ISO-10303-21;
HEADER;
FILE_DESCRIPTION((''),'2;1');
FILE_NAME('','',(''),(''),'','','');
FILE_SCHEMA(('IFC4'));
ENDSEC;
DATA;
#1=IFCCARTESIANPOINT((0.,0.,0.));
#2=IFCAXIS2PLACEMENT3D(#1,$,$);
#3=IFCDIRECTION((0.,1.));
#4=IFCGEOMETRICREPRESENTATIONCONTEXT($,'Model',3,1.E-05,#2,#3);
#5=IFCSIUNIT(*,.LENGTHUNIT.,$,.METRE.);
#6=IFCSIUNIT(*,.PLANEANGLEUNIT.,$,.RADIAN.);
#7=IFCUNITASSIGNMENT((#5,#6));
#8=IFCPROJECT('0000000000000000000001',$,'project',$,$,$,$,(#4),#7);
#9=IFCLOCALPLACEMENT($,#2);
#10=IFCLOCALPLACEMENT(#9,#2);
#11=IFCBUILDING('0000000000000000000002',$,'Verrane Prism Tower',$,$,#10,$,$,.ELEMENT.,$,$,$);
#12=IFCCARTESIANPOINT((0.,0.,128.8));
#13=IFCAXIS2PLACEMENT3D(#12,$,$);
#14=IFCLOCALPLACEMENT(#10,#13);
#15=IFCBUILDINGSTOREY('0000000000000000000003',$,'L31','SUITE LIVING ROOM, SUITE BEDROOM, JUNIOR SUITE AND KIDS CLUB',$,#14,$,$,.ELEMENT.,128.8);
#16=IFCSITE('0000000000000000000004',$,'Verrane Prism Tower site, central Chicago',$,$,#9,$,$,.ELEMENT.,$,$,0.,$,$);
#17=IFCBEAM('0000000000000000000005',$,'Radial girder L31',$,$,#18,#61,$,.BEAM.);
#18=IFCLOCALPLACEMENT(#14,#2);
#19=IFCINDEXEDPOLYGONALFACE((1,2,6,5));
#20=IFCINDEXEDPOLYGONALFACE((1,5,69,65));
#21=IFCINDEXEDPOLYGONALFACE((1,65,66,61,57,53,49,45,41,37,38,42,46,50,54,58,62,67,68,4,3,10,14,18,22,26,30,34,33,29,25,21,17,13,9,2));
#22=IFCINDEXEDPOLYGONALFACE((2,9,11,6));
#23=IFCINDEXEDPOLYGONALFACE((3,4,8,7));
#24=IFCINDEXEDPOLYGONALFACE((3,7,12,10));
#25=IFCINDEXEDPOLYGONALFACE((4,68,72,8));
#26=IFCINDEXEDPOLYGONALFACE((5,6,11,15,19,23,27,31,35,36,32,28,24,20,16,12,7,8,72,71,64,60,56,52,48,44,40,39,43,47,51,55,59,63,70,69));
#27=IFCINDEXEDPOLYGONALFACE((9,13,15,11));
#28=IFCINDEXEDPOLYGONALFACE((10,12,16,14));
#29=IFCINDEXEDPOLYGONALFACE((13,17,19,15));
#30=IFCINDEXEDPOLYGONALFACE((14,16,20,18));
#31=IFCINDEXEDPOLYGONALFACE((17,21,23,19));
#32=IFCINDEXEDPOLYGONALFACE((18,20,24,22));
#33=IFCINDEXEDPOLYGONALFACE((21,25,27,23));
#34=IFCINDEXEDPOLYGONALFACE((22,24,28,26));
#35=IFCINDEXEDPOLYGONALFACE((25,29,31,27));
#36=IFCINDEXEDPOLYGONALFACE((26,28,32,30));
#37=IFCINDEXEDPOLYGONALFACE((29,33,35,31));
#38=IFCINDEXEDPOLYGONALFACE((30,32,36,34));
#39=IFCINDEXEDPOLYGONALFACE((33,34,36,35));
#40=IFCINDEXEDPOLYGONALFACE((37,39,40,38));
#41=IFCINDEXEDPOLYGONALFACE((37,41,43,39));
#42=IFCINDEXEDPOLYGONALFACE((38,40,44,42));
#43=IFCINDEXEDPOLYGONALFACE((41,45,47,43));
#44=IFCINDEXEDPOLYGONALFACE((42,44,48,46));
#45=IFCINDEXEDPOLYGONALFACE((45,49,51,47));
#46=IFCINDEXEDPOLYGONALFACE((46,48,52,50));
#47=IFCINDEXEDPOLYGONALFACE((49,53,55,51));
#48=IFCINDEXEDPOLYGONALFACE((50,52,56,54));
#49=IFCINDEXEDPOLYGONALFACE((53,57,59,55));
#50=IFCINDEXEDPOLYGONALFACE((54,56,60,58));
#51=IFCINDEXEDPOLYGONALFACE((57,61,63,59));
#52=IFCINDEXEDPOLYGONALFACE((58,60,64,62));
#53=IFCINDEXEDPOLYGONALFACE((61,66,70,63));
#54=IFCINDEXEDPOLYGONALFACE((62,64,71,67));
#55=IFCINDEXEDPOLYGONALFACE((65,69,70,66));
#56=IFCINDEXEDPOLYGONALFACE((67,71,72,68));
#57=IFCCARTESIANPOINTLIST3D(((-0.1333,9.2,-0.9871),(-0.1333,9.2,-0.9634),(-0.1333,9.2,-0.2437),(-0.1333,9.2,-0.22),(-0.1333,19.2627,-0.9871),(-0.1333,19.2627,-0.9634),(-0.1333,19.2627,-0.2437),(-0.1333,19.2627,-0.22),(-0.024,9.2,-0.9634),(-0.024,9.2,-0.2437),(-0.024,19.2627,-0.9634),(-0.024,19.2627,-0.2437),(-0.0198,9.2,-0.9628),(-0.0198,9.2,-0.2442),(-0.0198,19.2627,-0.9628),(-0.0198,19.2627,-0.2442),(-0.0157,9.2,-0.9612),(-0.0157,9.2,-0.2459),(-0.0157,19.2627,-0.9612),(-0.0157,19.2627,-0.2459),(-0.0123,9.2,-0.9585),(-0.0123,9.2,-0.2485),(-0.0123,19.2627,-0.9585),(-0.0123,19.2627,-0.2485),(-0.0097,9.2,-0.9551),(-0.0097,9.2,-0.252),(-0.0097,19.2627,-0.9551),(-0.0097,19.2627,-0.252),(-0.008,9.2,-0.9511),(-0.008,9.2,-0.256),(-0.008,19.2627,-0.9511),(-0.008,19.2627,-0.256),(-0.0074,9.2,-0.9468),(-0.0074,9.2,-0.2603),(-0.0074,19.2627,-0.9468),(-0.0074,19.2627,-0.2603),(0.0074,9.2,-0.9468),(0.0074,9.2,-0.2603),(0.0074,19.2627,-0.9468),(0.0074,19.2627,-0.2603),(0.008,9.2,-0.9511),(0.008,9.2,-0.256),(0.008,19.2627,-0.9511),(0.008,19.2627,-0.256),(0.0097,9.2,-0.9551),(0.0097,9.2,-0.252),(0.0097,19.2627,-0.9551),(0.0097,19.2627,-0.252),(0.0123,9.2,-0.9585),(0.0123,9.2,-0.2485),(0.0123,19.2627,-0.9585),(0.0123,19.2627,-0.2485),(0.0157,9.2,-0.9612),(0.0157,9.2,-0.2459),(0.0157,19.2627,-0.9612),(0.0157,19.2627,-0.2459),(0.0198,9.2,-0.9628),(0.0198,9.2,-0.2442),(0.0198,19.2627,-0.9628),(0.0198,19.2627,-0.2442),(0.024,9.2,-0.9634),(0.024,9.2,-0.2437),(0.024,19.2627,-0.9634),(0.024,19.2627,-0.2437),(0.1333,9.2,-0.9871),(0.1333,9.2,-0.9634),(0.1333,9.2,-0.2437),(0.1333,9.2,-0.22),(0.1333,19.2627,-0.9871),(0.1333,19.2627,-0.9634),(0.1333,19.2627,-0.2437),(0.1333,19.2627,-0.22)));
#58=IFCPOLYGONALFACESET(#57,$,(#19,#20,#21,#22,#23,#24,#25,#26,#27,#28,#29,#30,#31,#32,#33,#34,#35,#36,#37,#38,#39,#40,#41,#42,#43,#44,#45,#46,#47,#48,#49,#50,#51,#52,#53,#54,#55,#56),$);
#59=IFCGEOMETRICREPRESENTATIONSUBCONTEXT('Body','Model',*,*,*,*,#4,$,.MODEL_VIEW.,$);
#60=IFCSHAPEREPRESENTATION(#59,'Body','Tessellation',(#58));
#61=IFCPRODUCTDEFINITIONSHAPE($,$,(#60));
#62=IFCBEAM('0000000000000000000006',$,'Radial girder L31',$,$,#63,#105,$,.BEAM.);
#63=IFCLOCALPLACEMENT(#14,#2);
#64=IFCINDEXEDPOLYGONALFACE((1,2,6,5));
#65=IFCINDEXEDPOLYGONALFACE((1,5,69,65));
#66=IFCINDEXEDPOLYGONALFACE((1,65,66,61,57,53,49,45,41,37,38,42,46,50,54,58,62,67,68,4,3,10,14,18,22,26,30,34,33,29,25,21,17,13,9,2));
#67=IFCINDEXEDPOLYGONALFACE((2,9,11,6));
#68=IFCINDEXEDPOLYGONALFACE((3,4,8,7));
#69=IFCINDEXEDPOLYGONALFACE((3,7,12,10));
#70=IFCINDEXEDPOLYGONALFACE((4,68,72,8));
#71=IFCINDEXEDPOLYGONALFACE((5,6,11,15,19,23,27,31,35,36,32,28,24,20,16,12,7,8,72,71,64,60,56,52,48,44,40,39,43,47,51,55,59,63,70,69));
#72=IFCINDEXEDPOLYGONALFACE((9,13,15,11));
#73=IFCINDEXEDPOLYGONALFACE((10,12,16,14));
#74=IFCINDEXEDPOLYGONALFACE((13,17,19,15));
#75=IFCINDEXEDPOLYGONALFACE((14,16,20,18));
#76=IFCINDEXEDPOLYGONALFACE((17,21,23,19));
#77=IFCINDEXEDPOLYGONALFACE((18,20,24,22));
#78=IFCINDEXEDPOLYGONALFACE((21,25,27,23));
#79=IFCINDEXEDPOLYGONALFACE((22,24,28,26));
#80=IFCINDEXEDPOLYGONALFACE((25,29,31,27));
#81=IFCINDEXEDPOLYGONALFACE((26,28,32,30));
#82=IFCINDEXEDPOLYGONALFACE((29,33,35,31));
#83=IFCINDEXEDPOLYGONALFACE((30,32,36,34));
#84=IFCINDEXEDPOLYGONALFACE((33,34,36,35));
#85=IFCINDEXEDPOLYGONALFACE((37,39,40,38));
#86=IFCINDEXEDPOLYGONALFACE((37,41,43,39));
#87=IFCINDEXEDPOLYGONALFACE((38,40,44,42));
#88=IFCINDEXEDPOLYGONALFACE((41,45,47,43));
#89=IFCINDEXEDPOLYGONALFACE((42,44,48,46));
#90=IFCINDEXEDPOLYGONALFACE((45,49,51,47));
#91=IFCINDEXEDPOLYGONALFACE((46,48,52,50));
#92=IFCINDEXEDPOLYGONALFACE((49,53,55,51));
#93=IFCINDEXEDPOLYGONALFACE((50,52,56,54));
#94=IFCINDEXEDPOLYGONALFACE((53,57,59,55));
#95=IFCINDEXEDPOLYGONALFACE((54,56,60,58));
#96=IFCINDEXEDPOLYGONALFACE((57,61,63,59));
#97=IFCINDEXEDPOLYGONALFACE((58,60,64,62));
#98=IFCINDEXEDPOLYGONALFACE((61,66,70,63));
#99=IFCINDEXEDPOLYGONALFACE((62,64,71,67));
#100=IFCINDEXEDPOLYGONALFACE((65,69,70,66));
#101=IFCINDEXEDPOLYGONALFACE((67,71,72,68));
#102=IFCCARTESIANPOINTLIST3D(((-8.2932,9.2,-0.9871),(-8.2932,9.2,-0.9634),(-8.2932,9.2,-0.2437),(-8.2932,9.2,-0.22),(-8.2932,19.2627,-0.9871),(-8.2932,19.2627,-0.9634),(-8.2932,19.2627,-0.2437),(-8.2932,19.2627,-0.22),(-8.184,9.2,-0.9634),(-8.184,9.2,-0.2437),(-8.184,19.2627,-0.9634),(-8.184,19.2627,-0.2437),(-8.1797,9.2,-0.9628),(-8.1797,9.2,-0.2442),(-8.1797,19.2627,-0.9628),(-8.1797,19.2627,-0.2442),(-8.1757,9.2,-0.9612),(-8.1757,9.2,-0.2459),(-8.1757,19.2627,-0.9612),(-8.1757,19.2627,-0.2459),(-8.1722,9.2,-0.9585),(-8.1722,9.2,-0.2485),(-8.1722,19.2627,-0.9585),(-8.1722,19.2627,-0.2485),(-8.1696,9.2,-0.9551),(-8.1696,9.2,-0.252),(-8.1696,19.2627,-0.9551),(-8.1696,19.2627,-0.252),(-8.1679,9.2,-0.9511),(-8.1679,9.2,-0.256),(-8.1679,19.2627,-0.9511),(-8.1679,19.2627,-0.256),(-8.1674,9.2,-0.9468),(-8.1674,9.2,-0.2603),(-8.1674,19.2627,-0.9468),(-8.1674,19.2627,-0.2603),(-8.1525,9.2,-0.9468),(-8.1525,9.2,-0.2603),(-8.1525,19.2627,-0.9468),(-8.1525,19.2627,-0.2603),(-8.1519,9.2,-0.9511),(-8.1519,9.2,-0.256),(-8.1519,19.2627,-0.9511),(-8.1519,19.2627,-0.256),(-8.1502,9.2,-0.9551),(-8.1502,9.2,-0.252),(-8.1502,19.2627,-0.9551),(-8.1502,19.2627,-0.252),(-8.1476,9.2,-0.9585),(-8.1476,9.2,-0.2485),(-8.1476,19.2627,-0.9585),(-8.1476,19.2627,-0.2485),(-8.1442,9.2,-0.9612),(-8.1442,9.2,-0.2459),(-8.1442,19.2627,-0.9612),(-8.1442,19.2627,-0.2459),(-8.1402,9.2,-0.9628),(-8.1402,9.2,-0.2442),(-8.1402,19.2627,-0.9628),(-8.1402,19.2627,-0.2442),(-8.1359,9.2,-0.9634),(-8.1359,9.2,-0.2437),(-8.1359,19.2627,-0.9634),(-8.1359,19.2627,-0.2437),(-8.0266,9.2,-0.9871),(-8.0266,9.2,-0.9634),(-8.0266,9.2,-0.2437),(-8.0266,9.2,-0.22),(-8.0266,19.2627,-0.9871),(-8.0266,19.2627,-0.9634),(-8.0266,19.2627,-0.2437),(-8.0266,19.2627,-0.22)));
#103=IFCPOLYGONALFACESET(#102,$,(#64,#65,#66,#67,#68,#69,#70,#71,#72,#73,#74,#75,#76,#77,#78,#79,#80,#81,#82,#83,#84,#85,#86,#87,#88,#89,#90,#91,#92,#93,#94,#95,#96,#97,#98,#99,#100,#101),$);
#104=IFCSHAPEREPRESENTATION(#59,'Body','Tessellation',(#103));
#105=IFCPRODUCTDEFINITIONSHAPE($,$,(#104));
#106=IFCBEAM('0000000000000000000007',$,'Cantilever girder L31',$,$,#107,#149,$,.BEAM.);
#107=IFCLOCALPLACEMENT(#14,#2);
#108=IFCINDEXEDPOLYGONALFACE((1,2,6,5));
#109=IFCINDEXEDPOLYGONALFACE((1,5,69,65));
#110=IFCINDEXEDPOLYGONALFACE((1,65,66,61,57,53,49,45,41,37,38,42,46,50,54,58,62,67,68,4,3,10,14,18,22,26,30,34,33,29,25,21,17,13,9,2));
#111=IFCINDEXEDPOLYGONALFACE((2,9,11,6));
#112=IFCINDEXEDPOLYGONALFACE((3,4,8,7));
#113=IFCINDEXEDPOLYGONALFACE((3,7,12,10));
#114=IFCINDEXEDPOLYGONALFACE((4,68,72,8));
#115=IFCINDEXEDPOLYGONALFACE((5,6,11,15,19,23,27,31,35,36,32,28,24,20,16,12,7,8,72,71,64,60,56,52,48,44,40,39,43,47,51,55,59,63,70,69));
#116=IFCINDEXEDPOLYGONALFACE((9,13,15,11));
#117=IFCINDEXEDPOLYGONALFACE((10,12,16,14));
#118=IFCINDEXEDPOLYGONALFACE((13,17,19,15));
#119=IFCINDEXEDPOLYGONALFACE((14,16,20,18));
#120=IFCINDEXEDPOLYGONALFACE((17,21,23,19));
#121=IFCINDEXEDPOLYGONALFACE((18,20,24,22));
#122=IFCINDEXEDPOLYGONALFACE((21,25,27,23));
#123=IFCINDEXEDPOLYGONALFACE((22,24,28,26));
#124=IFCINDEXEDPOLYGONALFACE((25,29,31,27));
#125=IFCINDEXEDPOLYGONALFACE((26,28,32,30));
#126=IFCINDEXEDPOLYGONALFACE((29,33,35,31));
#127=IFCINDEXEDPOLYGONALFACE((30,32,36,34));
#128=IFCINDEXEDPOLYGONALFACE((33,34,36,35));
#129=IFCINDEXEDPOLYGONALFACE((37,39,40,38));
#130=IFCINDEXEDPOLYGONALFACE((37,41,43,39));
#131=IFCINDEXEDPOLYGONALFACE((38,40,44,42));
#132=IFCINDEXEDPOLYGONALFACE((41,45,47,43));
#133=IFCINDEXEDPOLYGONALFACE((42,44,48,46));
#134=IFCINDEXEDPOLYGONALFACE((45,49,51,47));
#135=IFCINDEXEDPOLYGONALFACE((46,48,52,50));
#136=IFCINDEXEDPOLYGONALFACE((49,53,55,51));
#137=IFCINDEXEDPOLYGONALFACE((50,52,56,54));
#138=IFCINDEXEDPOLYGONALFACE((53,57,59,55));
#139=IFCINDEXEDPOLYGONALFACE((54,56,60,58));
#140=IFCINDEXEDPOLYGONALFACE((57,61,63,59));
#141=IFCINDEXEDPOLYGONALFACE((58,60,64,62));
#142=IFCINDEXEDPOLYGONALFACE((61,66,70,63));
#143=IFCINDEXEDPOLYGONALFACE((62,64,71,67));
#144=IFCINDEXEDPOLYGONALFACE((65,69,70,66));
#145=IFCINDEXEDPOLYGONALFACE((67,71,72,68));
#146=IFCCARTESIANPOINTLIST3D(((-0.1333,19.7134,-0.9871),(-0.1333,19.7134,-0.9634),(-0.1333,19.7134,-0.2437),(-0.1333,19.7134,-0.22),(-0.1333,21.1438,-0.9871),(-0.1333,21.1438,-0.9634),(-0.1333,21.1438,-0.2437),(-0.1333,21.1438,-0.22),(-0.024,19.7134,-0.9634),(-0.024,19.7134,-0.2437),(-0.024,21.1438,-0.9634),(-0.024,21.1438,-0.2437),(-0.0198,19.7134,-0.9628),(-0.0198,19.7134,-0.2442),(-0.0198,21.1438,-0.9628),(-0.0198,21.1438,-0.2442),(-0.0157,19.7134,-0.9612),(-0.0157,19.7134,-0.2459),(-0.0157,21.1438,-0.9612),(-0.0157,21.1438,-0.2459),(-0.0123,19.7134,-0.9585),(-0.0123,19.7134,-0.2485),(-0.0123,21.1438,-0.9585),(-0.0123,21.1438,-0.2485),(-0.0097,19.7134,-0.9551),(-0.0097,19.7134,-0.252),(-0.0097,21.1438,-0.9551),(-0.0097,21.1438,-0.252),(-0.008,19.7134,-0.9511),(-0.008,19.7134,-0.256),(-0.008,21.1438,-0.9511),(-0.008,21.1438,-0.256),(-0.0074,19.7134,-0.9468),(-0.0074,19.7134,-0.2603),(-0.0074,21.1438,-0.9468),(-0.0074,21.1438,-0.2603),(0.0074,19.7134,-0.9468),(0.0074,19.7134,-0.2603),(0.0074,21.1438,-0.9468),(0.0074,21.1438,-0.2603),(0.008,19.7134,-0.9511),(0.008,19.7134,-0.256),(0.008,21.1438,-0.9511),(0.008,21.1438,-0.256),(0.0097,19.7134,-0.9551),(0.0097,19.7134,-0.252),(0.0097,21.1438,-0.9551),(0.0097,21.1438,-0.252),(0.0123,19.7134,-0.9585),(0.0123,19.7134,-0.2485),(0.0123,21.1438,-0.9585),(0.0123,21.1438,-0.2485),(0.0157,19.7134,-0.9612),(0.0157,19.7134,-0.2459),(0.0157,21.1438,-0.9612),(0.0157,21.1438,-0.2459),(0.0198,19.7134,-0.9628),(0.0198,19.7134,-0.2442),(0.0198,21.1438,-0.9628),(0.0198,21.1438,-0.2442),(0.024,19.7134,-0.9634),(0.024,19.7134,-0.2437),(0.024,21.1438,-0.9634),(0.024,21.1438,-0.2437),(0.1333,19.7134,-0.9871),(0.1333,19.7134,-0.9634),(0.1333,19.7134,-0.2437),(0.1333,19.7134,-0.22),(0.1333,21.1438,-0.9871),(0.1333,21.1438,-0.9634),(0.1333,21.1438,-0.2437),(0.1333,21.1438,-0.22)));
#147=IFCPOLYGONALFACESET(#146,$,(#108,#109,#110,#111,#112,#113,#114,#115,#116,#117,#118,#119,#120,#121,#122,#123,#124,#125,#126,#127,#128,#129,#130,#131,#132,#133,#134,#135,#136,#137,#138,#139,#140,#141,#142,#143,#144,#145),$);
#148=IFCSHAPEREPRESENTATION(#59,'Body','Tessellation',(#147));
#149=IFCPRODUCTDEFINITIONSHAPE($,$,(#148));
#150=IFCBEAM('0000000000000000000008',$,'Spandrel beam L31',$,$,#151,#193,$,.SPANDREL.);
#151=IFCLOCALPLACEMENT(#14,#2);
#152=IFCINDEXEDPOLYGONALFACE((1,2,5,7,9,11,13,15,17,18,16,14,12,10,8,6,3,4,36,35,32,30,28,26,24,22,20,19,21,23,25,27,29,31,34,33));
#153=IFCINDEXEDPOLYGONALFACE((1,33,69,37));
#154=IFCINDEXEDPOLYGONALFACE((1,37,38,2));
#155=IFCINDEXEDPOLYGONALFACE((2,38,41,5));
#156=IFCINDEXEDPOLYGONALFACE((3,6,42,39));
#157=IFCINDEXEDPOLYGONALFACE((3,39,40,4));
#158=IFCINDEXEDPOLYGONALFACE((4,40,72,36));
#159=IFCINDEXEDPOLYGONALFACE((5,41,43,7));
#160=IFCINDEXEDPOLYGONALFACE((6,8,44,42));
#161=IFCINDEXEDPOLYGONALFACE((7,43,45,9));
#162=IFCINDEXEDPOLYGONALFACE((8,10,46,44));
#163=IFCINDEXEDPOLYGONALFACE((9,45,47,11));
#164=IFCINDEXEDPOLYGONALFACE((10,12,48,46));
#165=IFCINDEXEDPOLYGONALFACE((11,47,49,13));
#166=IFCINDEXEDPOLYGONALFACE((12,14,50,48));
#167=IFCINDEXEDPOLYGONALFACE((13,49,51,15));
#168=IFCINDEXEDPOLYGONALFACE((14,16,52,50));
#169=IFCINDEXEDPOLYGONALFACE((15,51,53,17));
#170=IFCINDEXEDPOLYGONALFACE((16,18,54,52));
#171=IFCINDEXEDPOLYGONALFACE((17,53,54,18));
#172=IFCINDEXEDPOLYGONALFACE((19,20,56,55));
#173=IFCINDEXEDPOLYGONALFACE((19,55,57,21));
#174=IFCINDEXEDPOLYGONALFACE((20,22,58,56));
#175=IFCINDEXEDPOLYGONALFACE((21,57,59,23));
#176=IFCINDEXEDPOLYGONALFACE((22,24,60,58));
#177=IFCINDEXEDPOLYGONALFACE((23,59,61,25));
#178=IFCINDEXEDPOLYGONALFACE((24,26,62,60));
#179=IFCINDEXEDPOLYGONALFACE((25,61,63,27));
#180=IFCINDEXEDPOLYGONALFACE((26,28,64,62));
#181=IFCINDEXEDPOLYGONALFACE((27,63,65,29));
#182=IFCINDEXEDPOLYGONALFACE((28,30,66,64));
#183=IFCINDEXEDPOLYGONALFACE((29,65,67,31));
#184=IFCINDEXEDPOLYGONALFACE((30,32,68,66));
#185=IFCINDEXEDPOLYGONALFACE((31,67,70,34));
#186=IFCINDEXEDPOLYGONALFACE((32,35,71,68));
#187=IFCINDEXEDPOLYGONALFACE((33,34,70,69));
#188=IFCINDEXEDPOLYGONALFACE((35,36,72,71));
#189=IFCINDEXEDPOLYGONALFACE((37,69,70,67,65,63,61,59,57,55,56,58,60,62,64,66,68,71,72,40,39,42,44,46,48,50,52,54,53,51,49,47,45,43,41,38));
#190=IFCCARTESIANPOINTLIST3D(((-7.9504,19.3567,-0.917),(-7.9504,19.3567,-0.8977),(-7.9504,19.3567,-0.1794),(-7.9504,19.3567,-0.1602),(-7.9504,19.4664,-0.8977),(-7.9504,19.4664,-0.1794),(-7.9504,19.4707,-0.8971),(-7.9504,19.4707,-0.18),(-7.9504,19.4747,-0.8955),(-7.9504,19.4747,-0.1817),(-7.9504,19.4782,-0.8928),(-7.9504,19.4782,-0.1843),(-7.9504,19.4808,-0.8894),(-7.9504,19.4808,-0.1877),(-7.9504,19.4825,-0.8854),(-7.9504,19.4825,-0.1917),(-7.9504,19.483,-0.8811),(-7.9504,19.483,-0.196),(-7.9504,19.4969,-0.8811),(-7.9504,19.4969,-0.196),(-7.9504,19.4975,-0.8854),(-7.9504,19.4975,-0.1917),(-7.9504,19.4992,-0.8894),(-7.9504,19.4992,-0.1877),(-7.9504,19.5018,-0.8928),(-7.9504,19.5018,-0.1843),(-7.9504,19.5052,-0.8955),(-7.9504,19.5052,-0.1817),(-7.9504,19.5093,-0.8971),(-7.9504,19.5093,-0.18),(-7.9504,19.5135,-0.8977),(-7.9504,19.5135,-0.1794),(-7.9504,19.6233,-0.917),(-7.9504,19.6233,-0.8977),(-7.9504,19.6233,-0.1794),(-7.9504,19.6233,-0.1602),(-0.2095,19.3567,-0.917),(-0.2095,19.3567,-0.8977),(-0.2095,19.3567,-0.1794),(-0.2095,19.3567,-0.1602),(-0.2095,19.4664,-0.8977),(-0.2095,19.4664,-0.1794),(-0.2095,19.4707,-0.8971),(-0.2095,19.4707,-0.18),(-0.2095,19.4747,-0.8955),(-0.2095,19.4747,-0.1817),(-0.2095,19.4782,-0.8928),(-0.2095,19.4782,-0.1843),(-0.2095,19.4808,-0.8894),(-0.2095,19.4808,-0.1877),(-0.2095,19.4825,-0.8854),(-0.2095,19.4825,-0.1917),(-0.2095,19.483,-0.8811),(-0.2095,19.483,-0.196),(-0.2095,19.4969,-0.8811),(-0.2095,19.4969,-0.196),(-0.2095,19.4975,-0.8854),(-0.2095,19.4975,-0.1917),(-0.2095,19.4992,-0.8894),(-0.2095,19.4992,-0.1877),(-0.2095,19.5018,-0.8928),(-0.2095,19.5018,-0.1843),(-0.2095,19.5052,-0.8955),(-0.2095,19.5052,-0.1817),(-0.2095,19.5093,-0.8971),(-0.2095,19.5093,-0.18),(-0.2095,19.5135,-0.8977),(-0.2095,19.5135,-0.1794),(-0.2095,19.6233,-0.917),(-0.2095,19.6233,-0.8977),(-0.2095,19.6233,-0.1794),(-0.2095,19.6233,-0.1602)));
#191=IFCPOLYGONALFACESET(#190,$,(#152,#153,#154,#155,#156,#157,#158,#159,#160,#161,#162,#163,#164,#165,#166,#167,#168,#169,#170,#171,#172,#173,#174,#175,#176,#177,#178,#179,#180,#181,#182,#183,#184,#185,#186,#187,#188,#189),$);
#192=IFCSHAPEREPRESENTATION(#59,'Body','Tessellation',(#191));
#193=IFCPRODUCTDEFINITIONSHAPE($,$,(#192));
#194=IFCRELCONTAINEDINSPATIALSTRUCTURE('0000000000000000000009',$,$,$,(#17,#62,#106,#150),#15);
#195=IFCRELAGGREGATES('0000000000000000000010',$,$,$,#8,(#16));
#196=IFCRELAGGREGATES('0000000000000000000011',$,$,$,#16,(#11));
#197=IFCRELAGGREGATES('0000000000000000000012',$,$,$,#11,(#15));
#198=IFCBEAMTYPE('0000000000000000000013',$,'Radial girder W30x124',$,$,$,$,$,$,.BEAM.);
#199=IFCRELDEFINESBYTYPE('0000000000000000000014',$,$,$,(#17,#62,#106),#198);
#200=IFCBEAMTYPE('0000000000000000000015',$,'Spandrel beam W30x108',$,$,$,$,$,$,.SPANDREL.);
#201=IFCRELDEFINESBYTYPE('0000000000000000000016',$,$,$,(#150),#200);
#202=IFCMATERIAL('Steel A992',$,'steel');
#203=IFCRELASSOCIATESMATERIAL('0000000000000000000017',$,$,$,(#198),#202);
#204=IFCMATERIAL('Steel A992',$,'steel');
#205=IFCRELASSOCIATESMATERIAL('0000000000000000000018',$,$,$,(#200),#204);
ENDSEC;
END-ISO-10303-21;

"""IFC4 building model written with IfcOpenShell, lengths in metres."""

from ifc_helpers import new_model, si_unit, direction, frame, origin, origin_2d, place, context, subcontext, project, spatial, i_section, extrude, material, material_profile, profile_set, type_object, element, save


model = new_model("IFC4")

# Units and contexts
model_context = context("Model", 3, precision=1e-05, world=origin(), true_north=direction((0.0, 1.0)))
body_context = subcontext(model_context, "Body", "Model", "MODEL_VIEW")
ifc_project = project(units=[si_unit("LENGTHUNIT", "METRE"), si_unit("PLANEANGLEUNIT", "RADIAN")], contexts=[model_context])

# Site, building, storey
site_placement = place(None, origin())
site = spatial("IfcSite", under=ifc_project, at=site_placement, Name="Verrane Prism Tower site, central Chicago", CompositionType="ELEMENT", RefElevation=0.0)
building_placement = place(site_placement, origin())
building = spatial("IfcBuilding", under=site, at=building_placement, Name="Verrane Prism Tower", CompositionType="ELEMENT")
storey_placement = place(building_placement, frame((0.0, 0.0, 128.8)))
storey = spatial("IfcBuildingStorey", under=building, at=storey_placement, Name="L31", Description="SUITE LIVING ROOM, SUITE BEDROOM, JUNIOR SUITE AND KIDS CLUB", CompositionType="ELEMENT", Elevation=128.8)

# Beams
ifc_material_1 = material(Name="Steel A992", Category="steel")
ifc_material_profile_1 = material_profile(ifc_material_1, i_section(OverallWidth=0.2666, OverallDepth=0.7671, WebThickness=0.0149, FlangeThickness=0.0237, FilletRadius=0.0166, at=origin_2d()), Name="W30x124")
ifc_profile_set_1 = profile_set([ifc_material_profile_1], Name="Steel A992")
beam_type_1 = type_object("IfcBeamType", Name="Radial girder W30x124", PredefinedType="BEAM", material=ifc_profile_set_1)
for number, where, z_axis, x_axis, name in (
    (1, (0.0, 19.2627, -0.6035), (0.0, -1.0, 0.0), (1.0, 0.0, 0.0), "Radial girder L31"),
    (2, (-8.1599, 19.2627, -0.6035), (0.0, -1.0, 0.0), (1.0, 0.0, 0.0), "Radial girder L31"),
):
    element("IfcBeam", number, at=place(storey_placement, frame(where, z_axis=z_axis, x_axis=x_axis)), inside=storey, type_object=beam_type_1, Name=name, PredefinedType="BEAM", context=body_context, shape_type="SweptSolid", body=[
        extrude(i_section(OverallWidth=0.2666, OverallDepth=0.7671, WebThickness=0.0149, FlangeThickness=0.0237, FilletRadius=0.0166, at=origin_2d()), origin(), (0.0, 0.0, 1.0), 10.0627),
    ])
beam_1_placement = place(storey_placement, frame((0.0, 19.7134, -0.6035), z_axis=(0.0, 1.0, 0.0), x_axis=(-1.0, 0.0, 0.0)))
element("IfcBeam", 3, at=beam_1_placement, inside=storey, type_object=beam_type_1, Name="Cantilever girder L31", PredefinedType="BEAM", context=body_context, shape_type="SweptSolid", body=[
    extrude(i_section(OverallWidth=0.2666, OverallDepth=0.7671, WebThickness=0.0149, FlangeThickness=0.0237, FilletRadius=0.0166, at=origin_2d()), origin(), (0.0, 0.0, 1.0), 1.4304),
])
ifc_material_2 = material(Name="Steel A992", Category="steel")
ifc_material_profile_2 = material_profile(ifc_material_2, i_section(OverallWidth=0.2666, OverallDepth=0.7568, WebThickness=0.0139, FlangeThickness=0.0193, FilletRadius=0.0166, at=origin_2d()), Name="W30x108")
ifc_profile_set_2 = profile_set([ifc_material_profile_2], Name="Steel A992")
beam_type_2 = type_object("IfcBeamType", Name="Spandrel beam W30x108", PredefinedType="SPANDREL", material=ifc_profile_set_2)
beam_2_placement = place(storey_placement, frame((-0.2095, 19.49, -0.5386), z_axis=(-1.0, 0.0, 0.0), x_axis=(0.0, -1.0, 0.0)))
element("IfcBeam", 4, at=beam_2_placement, inside=storey, type_object=beam_type_2, Name="Spandrel beam L31", PredefinedType="SPANDREL", context=body_context, shape_type="SweptSolid", body=[
    extrude(i_section(OverallWidth=0.2666, OverallDepth=0.7568, WebThickness=0.0139, FlangeThickness=0.0193, FilletRadius=0.0166, at=origin_2d()), origin(), (0.0, 0.0, 1.0), 7.741),
])

save(model, "model.ifc")
